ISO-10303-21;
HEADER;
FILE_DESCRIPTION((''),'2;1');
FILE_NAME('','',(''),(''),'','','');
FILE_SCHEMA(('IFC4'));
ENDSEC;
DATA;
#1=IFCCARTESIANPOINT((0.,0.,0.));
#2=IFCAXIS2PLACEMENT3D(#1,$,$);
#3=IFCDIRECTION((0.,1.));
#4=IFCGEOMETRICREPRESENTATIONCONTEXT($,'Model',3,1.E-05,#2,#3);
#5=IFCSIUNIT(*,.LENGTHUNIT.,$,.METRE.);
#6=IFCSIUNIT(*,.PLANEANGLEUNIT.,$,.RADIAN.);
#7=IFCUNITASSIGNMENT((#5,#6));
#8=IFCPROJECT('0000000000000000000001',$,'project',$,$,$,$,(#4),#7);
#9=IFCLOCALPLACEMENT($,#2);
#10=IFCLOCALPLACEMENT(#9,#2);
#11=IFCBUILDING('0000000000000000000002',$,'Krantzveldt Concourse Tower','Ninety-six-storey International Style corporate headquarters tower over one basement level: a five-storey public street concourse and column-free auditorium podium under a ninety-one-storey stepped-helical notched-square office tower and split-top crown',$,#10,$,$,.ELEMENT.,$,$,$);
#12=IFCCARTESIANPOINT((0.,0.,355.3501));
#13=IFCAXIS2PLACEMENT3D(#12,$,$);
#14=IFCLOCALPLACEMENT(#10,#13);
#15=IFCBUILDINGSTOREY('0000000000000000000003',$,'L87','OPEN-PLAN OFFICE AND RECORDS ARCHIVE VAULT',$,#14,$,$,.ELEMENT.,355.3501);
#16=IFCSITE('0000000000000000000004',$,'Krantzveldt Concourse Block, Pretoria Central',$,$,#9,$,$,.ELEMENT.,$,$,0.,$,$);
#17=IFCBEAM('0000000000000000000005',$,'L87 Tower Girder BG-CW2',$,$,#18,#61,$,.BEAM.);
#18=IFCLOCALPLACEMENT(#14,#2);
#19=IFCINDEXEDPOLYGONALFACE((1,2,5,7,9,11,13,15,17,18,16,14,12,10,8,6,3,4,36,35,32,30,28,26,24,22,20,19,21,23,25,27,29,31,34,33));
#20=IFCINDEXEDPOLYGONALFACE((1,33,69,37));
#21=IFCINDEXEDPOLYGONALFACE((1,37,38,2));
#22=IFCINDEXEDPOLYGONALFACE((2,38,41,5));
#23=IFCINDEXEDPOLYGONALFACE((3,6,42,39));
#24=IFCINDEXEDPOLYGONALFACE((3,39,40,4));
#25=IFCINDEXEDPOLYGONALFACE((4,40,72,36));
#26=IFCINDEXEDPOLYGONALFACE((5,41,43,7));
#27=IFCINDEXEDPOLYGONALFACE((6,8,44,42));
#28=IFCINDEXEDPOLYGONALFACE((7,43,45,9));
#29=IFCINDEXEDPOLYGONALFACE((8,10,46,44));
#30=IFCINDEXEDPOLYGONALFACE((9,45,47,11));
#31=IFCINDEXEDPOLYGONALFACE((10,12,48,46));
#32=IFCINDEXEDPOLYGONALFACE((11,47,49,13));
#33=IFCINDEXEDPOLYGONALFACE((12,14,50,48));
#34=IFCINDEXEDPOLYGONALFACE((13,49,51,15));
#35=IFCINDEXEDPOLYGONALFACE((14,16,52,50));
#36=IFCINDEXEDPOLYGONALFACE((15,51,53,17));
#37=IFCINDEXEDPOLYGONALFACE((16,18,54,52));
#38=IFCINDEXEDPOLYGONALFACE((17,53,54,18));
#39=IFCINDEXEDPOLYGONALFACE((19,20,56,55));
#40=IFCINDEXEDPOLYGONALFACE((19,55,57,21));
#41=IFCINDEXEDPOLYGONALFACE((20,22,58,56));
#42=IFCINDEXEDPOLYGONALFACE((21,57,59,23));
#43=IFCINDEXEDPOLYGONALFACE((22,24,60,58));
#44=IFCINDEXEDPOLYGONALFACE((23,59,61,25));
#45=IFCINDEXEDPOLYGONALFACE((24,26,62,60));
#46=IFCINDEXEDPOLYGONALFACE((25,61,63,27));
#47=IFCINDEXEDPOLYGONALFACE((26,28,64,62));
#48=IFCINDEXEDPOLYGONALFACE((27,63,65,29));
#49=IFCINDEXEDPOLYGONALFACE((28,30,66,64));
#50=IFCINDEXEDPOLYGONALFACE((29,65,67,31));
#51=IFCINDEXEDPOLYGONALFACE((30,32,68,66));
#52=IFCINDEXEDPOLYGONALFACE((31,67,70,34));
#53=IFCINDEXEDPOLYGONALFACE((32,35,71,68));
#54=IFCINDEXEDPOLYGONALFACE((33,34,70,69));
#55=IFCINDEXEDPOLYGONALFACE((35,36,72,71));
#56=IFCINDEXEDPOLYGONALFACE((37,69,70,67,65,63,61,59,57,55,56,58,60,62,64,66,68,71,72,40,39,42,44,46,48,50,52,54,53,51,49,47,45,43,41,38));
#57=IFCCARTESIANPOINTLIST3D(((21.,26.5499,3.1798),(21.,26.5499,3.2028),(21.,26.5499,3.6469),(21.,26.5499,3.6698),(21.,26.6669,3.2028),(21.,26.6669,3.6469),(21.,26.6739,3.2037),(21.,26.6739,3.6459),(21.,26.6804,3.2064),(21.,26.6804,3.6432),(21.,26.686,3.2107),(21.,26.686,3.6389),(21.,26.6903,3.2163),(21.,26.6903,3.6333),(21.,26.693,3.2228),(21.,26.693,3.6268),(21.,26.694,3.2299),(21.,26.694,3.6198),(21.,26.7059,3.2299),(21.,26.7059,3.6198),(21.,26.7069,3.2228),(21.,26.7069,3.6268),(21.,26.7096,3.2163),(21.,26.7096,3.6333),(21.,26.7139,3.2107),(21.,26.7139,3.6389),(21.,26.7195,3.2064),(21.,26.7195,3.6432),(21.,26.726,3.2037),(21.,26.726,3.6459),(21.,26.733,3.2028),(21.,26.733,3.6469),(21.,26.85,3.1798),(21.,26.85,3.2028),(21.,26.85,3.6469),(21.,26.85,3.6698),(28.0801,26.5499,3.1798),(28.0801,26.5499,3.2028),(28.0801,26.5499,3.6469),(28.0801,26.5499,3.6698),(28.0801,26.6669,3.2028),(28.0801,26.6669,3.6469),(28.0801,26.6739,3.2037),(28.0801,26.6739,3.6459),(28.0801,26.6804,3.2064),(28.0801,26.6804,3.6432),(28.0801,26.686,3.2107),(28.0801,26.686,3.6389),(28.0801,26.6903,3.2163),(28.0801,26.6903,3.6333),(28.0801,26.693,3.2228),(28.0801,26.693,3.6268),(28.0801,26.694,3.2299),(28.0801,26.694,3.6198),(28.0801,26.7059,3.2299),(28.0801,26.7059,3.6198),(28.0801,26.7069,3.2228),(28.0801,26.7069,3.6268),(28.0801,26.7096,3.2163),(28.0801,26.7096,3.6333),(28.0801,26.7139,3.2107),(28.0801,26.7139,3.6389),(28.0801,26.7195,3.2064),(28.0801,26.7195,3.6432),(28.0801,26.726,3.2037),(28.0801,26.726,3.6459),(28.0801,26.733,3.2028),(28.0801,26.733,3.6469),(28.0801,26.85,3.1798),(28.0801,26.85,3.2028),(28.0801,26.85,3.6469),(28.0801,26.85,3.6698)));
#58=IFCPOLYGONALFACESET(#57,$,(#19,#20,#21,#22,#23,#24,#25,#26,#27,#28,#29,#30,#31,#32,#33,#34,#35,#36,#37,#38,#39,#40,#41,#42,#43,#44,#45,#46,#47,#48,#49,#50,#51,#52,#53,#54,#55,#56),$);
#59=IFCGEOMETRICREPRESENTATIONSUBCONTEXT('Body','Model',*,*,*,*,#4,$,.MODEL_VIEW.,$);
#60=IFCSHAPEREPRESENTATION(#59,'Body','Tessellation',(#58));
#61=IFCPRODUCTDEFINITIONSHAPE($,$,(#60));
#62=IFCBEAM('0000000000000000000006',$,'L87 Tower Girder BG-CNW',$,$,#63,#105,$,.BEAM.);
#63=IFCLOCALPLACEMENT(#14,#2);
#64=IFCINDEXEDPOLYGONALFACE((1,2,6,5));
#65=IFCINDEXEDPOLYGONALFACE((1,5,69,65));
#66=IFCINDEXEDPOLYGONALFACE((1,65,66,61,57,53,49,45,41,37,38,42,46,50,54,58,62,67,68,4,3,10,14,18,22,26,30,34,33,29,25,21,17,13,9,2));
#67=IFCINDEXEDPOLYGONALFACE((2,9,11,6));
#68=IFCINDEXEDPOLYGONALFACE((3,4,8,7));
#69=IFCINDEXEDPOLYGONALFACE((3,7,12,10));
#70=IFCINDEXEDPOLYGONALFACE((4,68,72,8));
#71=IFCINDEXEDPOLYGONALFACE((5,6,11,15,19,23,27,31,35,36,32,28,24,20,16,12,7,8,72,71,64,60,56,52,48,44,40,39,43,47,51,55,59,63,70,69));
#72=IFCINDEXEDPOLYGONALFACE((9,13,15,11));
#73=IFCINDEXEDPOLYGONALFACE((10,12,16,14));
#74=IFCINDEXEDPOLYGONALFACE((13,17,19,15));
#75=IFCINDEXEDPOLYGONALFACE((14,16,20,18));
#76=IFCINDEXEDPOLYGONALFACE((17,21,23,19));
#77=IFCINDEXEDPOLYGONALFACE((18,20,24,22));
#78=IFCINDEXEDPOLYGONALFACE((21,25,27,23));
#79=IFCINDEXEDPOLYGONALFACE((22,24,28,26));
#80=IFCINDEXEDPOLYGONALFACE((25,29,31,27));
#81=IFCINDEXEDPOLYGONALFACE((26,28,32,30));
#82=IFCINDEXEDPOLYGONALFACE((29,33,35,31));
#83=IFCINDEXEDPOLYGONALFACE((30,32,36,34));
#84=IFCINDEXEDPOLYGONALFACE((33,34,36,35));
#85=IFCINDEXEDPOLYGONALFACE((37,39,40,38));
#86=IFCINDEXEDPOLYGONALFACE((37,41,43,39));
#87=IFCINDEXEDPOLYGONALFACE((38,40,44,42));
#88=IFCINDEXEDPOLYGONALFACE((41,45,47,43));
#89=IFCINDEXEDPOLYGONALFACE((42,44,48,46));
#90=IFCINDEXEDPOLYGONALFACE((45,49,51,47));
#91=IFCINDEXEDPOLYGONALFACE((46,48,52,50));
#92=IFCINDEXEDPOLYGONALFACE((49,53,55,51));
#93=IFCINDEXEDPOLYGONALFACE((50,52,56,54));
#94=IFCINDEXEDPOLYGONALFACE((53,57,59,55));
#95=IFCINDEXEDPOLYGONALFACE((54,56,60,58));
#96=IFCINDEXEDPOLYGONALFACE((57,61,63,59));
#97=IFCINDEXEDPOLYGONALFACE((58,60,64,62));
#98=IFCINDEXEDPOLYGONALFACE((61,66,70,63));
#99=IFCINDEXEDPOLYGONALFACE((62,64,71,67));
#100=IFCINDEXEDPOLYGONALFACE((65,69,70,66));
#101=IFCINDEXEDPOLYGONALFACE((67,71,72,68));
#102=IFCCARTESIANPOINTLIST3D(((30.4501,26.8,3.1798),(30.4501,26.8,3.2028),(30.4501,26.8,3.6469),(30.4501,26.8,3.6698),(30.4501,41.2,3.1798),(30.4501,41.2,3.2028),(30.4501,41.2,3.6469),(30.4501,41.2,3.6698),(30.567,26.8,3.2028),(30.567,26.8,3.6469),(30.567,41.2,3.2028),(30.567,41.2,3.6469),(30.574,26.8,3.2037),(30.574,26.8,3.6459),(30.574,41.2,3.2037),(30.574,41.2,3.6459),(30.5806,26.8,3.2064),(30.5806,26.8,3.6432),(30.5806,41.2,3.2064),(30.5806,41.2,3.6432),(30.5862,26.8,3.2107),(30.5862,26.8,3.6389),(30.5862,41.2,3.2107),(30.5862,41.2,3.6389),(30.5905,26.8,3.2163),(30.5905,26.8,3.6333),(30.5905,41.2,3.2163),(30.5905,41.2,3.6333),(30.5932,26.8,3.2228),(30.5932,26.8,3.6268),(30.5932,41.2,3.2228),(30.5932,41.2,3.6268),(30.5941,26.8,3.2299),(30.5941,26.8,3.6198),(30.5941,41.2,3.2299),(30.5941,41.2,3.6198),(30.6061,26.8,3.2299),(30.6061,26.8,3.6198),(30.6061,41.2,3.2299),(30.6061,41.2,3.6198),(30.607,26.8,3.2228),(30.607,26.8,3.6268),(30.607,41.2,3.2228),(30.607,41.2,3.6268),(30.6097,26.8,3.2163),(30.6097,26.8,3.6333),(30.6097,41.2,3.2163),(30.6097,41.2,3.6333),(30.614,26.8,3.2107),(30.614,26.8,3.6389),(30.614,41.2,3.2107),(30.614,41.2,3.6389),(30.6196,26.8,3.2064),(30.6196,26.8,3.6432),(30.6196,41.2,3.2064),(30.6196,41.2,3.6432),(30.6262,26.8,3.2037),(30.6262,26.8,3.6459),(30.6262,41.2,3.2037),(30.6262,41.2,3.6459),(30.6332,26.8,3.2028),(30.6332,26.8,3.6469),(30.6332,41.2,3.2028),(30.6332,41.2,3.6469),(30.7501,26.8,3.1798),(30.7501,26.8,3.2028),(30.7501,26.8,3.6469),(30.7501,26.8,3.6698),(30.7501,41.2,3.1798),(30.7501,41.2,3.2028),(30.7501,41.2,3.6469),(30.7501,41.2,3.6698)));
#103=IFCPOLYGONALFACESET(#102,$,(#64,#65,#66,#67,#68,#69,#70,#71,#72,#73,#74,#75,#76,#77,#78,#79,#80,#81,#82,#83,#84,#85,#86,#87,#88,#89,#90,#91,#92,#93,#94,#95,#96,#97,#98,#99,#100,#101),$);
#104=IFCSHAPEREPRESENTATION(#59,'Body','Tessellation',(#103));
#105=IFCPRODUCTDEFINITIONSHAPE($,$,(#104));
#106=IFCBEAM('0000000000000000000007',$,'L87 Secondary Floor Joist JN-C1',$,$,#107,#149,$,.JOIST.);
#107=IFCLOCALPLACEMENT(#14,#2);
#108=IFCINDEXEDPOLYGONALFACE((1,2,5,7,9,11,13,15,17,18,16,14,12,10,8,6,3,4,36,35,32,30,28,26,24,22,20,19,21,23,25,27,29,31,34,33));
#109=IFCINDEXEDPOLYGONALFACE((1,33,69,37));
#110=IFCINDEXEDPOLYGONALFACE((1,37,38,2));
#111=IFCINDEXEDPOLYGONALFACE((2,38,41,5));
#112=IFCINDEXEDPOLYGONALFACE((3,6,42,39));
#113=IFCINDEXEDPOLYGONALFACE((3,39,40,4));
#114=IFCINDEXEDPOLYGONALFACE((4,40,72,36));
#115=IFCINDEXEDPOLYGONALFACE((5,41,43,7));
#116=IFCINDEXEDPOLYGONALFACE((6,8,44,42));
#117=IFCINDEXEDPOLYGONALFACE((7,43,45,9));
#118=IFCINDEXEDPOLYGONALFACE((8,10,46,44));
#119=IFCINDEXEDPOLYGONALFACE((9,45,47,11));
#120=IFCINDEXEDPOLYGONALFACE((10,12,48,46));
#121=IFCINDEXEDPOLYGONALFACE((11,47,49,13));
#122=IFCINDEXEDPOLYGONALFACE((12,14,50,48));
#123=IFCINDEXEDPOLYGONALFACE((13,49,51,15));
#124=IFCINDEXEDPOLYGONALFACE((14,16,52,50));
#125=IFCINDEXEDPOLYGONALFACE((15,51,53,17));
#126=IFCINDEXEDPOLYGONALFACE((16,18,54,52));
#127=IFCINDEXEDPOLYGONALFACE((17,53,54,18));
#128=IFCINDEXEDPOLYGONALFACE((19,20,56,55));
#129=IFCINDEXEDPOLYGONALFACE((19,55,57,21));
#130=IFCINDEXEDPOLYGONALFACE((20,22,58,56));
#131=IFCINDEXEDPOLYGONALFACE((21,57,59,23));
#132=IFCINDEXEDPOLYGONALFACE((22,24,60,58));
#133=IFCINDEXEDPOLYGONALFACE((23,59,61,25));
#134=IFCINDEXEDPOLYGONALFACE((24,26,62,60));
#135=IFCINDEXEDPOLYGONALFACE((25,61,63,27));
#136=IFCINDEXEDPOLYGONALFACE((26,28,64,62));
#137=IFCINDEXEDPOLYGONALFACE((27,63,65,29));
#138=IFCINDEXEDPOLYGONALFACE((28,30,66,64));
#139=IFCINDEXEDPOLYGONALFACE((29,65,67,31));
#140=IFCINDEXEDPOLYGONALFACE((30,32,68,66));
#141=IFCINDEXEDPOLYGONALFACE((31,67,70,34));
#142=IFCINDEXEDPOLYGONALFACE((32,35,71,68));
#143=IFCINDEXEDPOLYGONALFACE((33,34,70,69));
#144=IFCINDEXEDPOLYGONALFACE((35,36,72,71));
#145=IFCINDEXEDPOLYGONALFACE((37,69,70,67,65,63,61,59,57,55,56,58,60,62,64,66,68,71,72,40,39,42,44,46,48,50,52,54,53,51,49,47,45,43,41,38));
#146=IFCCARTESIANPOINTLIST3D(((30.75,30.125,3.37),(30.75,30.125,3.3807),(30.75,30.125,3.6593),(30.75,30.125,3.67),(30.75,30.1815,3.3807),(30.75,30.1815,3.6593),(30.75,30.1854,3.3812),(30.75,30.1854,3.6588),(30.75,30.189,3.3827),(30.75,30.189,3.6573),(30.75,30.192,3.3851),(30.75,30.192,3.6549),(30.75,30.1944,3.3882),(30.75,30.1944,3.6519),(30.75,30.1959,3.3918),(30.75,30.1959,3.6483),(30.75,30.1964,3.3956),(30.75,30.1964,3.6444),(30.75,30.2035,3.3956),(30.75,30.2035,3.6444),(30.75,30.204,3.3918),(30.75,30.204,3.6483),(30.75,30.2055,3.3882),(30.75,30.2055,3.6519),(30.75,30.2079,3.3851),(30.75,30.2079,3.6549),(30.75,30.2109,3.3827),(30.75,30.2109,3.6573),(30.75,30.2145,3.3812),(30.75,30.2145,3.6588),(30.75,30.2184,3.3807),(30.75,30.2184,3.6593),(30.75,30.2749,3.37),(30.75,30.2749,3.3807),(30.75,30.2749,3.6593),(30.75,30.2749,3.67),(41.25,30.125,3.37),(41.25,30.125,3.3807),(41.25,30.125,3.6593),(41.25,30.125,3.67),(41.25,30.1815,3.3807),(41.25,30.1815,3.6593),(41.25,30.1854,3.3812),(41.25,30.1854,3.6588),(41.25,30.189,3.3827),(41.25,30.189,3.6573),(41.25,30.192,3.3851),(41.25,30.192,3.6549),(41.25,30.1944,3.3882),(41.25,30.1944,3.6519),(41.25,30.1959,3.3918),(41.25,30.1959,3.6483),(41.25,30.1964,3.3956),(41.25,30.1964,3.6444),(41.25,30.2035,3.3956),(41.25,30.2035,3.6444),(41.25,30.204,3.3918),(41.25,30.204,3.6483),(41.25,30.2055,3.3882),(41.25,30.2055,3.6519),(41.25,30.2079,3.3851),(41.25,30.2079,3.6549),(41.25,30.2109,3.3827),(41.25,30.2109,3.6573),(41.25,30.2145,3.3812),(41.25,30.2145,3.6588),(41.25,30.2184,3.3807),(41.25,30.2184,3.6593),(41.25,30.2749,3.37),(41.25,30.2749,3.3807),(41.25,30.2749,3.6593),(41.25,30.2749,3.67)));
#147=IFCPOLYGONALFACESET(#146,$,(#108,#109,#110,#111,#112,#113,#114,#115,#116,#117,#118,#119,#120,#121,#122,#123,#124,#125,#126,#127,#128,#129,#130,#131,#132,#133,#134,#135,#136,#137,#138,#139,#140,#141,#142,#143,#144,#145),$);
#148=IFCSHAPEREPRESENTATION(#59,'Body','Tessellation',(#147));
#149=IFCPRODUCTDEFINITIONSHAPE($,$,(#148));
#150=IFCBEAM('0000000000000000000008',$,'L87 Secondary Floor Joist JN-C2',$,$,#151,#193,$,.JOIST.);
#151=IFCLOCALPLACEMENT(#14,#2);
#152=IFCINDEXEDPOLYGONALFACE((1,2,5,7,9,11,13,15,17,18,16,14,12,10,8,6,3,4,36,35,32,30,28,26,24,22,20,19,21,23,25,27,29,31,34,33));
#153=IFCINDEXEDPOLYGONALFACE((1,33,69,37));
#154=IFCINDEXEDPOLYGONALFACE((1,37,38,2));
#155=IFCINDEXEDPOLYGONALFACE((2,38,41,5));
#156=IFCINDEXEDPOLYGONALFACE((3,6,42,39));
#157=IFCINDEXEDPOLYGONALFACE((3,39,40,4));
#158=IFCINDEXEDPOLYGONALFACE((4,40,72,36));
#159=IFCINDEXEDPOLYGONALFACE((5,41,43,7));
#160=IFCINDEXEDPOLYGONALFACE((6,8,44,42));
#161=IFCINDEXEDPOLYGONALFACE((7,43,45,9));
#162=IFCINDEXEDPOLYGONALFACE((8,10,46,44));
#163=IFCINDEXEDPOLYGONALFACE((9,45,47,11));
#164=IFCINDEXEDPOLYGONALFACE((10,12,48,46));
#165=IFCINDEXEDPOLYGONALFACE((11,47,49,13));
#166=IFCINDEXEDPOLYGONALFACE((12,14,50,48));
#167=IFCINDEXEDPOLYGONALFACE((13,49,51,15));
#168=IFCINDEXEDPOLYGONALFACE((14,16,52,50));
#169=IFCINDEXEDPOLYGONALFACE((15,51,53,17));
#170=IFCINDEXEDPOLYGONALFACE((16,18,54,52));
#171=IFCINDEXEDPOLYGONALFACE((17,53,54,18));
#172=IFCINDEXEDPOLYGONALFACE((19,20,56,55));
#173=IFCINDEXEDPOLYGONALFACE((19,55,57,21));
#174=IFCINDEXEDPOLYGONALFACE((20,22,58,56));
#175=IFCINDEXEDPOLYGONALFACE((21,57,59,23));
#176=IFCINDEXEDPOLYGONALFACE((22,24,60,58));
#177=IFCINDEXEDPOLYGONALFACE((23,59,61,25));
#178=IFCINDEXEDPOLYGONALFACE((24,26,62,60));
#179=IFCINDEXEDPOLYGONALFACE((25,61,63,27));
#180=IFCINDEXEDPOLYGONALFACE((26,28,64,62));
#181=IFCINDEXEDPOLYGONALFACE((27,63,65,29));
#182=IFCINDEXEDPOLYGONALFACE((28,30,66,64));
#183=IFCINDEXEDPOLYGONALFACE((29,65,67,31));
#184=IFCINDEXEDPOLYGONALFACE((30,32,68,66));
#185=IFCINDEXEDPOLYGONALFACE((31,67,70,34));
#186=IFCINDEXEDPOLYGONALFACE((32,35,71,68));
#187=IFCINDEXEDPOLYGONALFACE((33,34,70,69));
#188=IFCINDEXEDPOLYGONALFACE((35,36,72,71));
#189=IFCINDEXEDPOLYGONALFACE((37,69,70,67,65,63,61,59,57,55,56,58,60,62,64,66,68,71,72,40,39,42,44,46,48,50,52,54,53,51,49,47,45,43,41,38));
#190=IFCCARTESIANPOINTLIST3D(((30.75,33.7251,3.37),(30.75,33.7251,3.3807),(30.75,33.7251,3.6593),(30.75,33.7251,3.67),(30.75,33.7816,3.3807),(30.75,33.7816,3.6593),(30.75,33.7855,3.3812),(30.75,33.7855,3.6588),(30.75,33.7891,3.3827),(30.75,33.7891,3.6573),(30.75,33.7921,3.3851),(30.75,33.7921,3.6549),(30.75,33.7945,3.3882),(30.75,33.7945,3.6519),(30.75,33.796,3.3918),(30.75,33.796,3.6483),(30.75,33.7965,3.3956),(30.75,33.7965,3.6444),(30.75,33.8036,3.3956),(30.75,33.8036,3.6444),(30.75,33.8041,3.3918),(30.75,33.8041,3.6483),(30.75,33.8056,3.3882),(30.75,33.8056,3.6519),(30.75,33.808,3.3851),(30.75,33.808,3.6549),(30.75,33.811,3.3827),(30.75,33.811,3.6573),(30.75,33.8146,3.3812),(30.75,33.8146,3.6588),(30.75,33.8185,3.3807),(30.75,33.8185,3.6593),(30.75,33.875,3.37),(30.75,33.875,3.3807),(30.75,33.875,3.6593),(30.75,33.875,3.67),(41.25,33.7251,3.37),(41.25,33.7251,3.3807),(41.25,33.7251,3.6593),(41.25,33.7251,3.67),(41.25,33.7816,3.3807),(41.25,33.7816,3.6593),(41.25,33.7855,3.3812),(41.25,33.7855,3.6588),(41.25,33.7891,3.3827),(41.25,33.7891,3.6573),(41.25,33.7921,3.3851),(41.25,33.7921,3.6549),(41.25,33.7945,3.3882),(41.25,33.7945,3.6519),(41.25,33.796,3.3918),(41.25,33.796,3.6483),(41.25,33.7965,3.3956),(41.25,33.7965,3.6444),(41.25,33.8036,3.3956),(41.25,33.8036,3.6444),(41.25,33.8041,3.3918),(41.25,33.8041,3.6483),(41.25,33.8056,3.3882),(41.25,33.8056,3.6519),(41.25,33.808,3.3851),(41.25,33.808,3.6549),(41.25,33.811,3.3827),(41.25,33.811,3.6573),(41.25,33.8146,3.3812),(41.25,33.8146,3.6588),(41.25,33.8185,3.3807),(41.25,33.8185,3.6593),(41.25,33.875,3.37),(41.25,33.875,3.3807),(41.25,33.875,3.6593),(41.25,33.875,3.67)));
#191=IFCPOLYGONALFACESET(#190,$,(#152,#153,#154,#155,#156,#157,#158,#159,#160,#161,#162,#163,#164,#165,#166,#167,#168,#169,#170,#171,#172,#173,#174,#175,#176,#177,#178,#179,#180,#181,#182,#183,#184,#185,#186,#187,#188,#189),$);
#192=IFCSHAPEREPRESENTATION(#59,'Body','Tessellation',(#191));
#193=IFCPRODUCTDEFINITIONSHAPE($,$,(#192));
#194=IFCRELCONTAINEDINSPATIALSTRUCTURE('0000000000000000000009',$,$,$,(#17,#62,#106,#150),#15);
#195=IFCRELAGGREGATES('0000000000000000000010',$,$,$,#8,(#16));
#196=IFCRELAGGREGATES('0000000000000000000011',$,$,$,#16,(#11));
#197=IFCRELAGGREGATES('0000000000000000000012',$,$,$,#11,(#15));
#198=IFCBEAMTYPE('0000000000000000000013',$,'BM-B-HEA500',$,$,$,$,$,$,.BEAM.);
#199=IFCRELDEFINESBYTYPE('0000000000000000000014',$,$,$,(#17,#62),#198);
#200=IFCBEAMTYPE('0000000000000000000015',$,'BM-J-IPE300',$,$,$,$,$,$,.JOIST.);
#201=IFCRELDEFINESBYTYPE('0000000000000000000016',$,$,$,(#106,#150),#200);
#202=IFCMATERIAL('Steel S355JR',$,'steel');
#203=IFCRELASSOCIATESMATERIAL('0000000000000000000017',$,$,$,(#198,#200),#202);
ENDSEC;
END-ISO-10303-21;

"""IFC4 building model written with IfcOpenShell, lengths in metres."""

from ifc_helpers import new_model, si_unit, direction, frame, origin, origin_2d, place, context, subcontext, project, spatial, i_section, extrude, source, transform, mapped, material, material_profile, profile_set, type_object, type_shapes, element, save


model = new_model("IFC4")

# Units and contexts
model_context = context("Model", 3, precision=1e-05, world=origin(), true_north=direction((0.0, 1.0)))
body_context = subcontext(model_context, "Body", "Model", "MODEL_VIEW")
ifc_project = project(units=[si_unit("LENGTHUNIT", "METRE"), si_unit("PLANEANGLEUNIT", "RADIAN")], contexts=[model_context])

# Site, building, storey
site_placement = place(None, origin())
site = spatial("IfcSite", under=ifc_project, at=site_placement, Name="Krantzveldt Concourse Block, Pretoria Central", CompositionType="ELEMENT", RefElevation=0.0)
building_placement = place(site_placement, origin())
building = spatial("IfcBuilding", under=site, at=building_placement, Name="Krantzveldt Concourse Tower", Description="Ninety-six-storey International Style corporate headquarters tower over one basement level: a five-storey public street concourse and column-free auditorium podium under a ninety-one-storey stepped-helical notched-square office tower and split-top crown", CompositionType="ELEMENT")
storey_placement = place(building_placement, frame((0.0, 0.0, 355.3501)))
storey = spatial("IfcBuildingStorey", under=building, at=storey_placement, Name="L87", Description="OPEN-PLAN OFFICE AND RECORDS ARCHIVE VAULT", CompositionType="ELEMENT", Elevation=355.3501)

# Beams
ifc_material_1 = material(Name="Steel S355JR", Category="steel")
ifc_material_profile_1 = material_profile(ifc_material_1, i_section(OverallWidth=0.3, OverallDepth=0.49, WebThickness=0.012, FlangeThickness=0.0229, FilletRadius=0.0271, at=origin_2d()), Name="Steel S355JR", Category="steel")
ifc_profile_set_1 = profile_set([ifc_material_profile_1], Name="Steel S355JR - HEA 500")
beam_type_1 = type_object("IfcBeamType", Name="BM-B-HEA500", PredefinedType="BEAM", material=ifc_profile_set_1)
shared_shape_1 = source(origin(), body_context, "Body", "SweptSolid", [
    extrude(i_section(OverallWidth=0.3, OverallDepth=0.49, WebThickness=0.012, FlangeThickness=0.0229, FilletRadius=0.0271, at=origin_2d()), origin(), (0.0, 0.0, 1.0), 7.0801),
])
beam_1_placement = place(storey_placement, frame((21.0, 26.7, 3.4248), z_axis=(1.0, 0.0, 0.0), x_axis=(0.0, 1.0, 0.0)))
element("IfcBeam", 1, at=beam_1_placement, inside=storey, type_object=beam_type_1, Name="L87 Tower Girder BG-CW2", PredefinedType="BEAM", context=body_context, shape_type="MappedRepresentation", body=[
    mapped(shared_shape_1, transform((0.0, 0.0, 0.0), x_axis=(1.0, 0.0, 0.0), y_axis=(0.0, 1.0, 0.0), z_axis=(0.0, 0.0, 1.0), scale=1.0)),
])
shared_shape_2 = source(origin(), body_context, "Body", "SweptSolid", [
    extrude(i_section(OverallWidth=0.3, OverallDepth=0.49, WebThickness=0.012, FlangeThickness=0.0229, FilletRadius=0.0271, at=origin_2d()), origin(), (0.0, 0.0, 1.0), 14.3999),
])
type_shapes(beam_type_1, [shared_shape_1, shared_shape_2])
beam_2_placement = place(storey_placement, frame((30.6001, 26.8, 3.4248), z_axis=(0.0, 1.0, 0.0), x_axis=(-1.0, 0.0, 0.0)))
element("IfcBeam", 2, at=beam_2_placement, inside=storey, type_object=beam_type_1, Name="L87 Tower Girder BG-CNW", PredefinedType="BEAM", context=body_context, shape_type="MappedRepresentation", body=[
    mapped(shared_shape_2, transform((0.0, 0.0, 0.0), x_axis=(1.0, 0.0, 0.0), y_axis=(0.0, 1.0, 0.0), z_axis=(0.0, 0.0, 1.0), scale=1.0)),
])
ifc_material_profile_2 = material_profile(ifc_material_1, i_section(OverallWidth=0.1499, OverallDepth=0.3, WebThickness=0.0071, FlangeThickness=0.0107, FilletRadius=0.0149, at=origin_2d()), Name="Steel S355JR", Category="steel")
ifc_profile_set_2 = profile_set([ifc_material_profile_2], Name="Steel S355JR - IPE 300")
beam_type_2 = type_object("IfcBeamType", Name="BM-J-IPE300", PredefinedType="JOIST", material=ifc_profile_set_2)
shared_shape_3 = source(origin(), body_context, "Body", "SweptSolid", [
    extrude(i_section(OverallWidth=0.1499, OverallDepth=0.3, WebThickness=0.0071, FlangeThickness=0.0107, FilletRadius=0.0149, at=origin_2d()), origin(), (0.0, 0.0, 1.0), 10.5),
])
for number, where, z_axis, x_axis, name in (
    (3, (30.75, 30.2, 3.52), (1.0, 0.0, 0.0), (0.0, 1.0, 0.0), "L87 Secondary Floor Joist JN-C1"),
    (4, (30.75, 33.8, 3.52), (1.0, 0.0, 0.0), (0.0, 1.0, 0.0), "L87 Secondary Floor Joist JN-C2"),
):
    element("IfcBeam", number, at=place(storey_placement, frame(where, z_axis=z_axis, x_axis=x_axis)), inside=storey, type_object=beam_type_2, Name=name, PredefinedType="JOIST", context=body_context, shape_type="MappedRepresentation", body=[
        mapped(shared_shape_3, transform((0.0, 0.0, 0.0), x_axis=(1.0, 0.0, 0.0), y_axis=(0.0, 1.0, 0.0), z_axis=(0.0, 0.0, 1.0), scale=1.0)),
    ])

save(model, "model.ifc")
